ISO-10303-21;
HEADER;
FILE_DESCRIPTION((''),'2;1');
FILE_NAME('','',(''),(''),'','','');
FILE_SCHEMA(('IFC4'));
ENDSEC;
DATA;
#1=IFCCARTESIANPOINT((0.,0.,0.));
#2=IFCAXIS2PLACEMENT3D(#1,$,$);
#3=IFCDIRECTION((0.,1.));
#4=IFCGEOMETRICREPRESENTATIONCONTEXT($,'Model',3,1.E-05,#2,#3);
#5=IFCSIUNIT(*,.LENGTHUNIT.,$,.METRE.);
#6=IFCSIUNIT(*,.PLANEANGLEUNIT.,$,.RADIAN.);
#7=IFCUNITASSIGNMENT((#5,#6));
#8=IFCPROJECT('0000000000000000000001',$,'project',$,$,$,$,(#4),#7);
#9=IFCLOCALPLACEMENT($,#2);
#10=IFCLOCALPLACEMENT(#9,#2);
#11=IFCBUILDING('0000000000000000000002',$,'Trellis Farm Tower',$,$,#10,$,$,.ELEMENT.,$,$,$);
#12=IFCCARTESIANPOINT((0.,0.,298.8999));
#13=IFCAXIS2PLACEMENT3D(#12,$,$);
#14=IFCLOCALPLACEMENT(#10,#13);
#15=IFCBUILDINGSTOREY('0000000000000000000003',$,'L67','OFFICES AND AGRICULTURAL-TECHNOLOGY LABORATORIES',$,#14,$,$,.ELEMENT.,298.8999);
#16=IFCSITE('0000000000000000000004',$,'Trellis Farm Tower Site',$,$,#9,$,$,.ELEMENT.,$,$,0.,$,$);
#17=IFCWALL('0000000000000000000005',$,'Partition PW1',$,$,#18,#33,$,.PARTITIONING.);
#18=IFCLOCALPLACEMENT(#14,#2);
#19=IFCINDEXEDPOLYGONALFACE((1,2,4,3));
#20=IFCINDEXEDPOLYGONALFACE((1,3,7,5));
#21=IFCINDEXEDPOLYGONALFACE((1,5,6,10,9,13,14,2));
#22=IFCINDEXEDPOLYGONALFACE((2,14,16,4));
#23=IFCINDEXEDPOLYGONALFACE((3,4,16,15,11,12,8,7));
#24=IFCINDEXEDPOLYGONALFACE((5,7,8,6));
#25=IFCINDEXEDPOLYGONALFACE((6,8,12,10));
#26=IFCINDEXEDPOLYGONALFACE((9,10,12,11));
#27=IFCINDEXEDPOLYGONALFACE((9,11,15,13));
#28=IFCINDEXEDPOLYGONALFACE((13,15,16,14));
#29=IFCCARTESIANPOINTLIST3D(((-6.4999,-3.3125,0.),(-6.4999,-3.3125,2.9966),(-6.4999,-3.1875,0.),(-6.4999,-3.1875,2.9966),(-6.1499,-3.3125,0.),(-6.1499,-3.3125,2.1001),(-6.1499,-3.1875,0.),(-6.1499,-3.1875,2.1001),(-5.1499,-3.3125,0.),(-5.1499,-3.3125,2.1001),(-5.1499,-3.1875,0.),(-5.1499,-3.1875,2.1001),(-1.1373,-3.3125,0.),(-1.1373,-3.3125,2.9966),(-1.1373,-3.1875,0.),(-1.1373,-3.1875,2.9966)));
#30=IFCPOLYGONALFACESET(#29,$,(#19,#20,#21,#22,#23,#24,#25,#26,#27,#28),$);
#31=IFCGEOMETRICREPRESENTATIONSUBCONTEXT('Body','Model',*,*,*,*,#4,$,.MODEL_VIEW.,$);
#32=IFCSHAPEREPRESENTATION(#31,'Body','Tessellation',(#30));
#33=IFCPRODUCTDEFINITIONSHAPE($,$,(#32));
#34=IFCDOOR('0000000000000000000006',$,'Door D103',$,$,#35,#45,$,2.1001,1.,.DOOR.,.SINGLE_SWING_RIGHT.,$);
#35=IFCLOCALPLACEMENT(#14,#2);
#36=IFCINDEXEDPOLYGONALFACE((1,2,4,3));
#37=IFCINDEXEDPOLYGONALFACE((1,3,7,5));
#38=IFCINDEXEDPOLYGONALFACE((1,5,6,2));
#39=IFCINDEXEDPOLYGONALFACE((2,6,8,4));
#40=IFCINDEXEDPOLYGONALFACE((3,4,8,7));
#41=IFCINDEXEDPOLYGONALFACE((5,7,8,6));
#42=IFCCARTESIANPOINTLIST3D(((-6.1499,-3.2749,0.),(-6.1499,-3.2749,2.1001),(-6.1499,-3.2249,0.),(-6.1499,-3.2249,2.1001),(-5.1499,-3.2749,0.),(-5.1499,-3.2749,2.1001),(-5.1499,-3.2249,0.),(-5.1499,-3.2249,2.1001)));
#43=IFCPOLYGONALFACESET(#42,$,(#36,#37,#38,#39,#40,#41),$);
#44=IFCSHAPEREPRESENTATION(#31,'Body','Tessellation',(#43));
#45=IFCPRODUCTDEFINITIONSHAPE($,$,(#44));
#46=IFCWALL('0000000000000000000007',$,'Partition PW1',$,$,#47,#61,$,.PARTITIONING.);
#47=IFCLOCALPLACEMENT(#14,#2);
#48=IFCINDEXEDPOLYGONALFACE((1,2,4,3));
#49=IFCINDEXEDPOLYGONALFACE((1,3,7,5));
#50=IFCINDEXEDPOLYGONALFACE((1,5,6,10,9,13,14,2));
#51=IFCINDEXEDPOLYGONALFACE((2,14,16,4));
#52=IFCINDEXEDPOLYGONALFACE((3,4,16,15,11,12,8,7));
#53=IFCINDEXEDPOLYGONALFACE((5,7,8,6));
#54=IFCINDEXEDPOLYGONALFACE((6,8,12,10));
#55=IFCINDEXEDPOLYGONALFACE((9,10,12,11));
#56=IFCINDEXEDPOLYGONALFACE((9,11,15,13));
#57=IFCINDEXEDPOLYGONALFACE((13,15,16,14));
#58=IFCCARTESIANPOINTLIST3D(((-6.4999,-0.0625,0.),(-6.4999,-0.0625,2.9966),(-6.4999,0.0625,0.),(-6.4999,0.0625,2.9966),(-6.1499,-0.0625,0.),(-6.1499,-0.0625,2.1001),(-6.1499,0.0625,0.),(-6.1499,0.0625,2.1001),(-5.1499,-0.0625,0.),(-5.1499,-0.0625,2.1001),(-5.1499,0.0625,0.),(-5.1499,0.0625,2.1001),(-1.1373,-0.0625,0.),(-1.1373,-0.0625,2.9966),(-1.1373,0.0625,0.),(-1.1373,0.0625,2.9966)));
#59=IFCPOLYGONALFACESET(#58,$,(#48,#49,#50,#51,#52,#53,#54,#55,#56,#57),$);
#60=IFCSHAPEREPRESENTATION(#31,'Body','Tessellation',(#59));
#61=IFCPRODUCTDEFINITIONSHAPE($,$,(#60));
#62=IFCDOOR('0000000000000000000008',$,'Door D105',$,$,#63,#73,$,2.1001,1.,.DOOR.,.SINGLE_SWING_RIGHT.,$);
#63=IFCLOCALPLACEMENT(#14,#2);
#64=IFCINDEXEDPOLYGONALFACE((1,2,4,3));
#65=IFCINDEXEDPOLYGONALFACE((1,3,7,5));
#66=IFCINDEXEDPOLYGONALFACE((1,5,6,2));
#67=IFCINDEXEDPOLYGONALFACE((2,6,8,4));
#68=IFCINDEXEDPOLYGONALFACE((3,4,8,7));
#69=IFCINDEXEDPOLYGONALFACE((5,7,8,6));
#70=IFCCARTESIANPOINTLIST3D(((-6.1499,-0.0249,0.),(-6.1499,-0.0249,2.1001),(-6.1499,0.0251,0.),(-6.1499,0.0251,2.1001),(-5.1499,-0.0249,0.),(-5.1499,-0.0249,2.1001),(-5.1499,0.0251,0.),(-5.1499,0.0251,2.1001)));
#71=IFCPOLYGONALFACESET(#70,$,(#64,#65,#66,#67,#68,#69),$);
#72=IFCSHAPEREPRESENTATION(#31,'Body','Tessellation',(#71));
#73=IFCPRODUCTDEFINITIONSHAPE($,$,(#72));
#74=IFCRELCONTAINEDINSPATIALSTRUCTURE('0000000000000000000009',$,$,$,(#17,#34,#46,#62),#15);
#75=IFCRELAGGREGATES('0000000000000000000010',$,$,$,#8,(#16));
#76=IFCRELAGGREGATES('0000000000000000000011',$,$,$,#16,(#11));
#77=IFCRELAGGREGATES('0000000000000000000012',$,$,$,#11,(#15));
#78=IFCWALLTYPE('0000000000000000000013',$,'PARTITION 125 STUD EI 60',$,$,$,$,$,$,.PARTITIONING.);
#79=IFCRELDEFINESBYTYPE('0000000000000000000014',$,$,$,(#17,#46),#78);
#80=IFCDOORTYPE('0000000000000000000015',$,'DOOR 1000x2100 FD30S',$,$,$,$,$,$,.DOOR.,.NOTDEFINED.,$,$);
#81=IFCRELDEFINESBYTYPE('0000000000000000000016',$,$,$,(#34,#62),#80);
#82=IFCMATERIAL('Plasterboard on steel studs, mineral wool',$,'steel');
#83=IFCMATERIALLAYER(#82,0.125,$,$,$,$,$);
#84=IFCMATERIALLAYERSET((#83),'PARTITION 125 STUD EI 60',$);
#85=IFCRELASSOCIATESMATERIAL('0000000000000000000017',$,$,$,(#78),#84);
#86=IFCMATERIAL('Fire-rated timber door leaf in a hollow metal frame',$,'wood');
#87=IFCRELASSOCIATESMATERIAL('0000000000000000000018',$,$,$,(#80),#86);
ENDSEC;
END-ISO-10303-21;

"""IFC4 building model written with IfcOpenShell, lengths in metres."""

from ifc_helpers import new_model, si_unit, direction, frame, frame_2d, origin, place, context, subcontext, project, spatial, rectangle, extrude, source, transform, mapped, material, layer, layer_set, type_object, element, fill, save


model = new_model("IFC4")

# Units and contexts
model_context = context("Model", 3, precision=1e-05, world=origin(), true_north=direction((0.0, 1.0)))
body_context = subcontext(model_context, "Body", "Model", "MODEL_VIEW")
ifc_project = project(units=[si_unit("LENGTHUNIT", "METRE"), si_unit("PLANEANGLEUNIT", "RADIAN")], contexts=[model_context])

# Site, building, storey
site_placement = place(None, origin())
site = spatial("IfcSite", under=ifc_project, at=site_placement, Name="Trellis Farm Tower Site", CompositionType="ELEMENT", RefElevation=0.0)
building_placement = place(site_placement, origin())
building = spatial("IfcBuilding", under=site, at=building_placement, Name="Trellis Farm Tower", CompositionType="ELEMENT")
storey_placement = place(building_placement, frame((0.0, 0.0, 298.8999)))
storey = spatial("IfcBuildingStorey", under=building, at=storey_placement, Name="L67", Description="OFFICES AND AGRICULTURAL-TECHNOLOGY LABORATORIES", CompositionType="ELEMENT", Elevation=298.8999)

# Shared definitions
ifc_material_1 = material(Name="Plasterboard on steel studs, mineral wool", Category="steel")
ifc_layer_1 = layer(ifc_material_1, 0.125)
ifc_layer_set_1 = layer_set([ifc_layer_1], Name="PARTITION 125 STUD EI 60")
wall_type = type_object("IfcWallType", Name="PARTITION 125 STUD EI 60", PredefinedType="PARTITIONING", material=ifc_layer_set_1)

# Walls, openings, doors
shared_shape_1 = source(origin(), body_context, "Body", "SweptSolid", [
    extrude(rectangle(XDim=5.3625, YDim=0.125, at=frame_2d((2.6812, 0.0))), origin(), (0.0, 0.0, 1.0), 2.9966),
])
wall_1_placement = place(storey_placement, frame((-1.1375, -3.25, 0.0), z_axis=(0.0, 0.0, 1.0), x_axis=(-1.0, 0.0, 0.0)))
wall_1 = element("IfcWall", 1, at=wall_1_placement, inside=storey, type_object=wall_type, Name="Partition PW1", PredefinedType="PARTITIONING", context=body_context, shape_type="MappedRepresentation", body=[
    mapped(shared_shape_1, transform((0.0, 0.0, 0.0))),
])
shared_shape_2 = source(origin(), body_context, "Body", "SweptSolid", [
    extrude(rectangle(XDim=1.0, YDim=2.1001, at=frame_2d((0.5, 1.05))), frame((0.0, 0.0725, 0.0), z_axis=(0.0, -1.0, 0.0), x_axis=(1.0, 0.0, 0.0)), (0.0, 0.0, 1.0), 0.145),
])
opening_1_placement = place(wall_1_placement, frame((4.0125, 0.0, 0.0)))
opening_1 = element("IfcOpeningElement", 2, at=opening_1_placement, cuts=wall_1, PredefinedType="OPENING", context=body_context, shape_type="MappedRepresentation", body=[
    mapped(shared_shape_2, transform((0.0, 0.0, 0.0))),
])
ifc_material_2 = material(Name="Fire-rated timber door leaf in a hollow metal frame", Category="wood")
door_type = type_object("IfcDoorType", Name="DOOR 1000x2100 FD30S", OperationType="NOTDEFINED", PredefinedType="DOOR", material=ifc_material_2)
shared_shape_3 = source(origin(), body_context, "Body", "SweptSolid", [
    extrude(rectangle(XDim=1.0, YDim=2.1001, at=frame_2d((0.5, 1.05))), frame((0.0, 0.0249, 0.0), z_axis=(0.0, -1.0, 0.0), x_axis=(1.0, 0.0, 0.0)), (0.0, 0.0, 1.0), 0.05),
])
door_1_placement = place(opening_1_placement, origin())
door_1 = element("IfcDoor", 3, at=door_1_placement, inside=storey, type_object=door_type, Name="Door D103", OperationType="SINGLE_SWING_RIGHT", OverallHeight=2.1001, OverallWidth=1.0, PredefinedType="DOOR", context=body_context, shape_type="MappedRepresentation", body=[
    mapped(shared_shape_3, transform((0.0, 0.0, 0.0))),
])
fill(opening_1, door_1)
wall_2_placement = place(storey_placement, frame((-1.1375, 0.0, 0.0), z_axis=(0.0, 0.0, 1.0), x_axis=(-1.0, 0.0, 0.0)))
wall_2 = element("IfcWall", 4, at=wall_2_placement, inside=storey, type_object=wall_type, Name="Partition PW1", PredefinedType="PARTITIONING", context=body_context, shape_type="MappedRepresentation", body=[
    mapped(shared_shape_1, transform((0.0, 0.0, 0.0))),
])
opening_2_placement = place(wall_2_placement, frame((4.0125, 0.0, 0.0)))
opening_2 = element("IfcOpeningElement", 5, at=opening_2_placement, cuts=wall_2, PredefinedType="OPENING", context=body_context, shape_type="MappedRepresentation", body=[
    mapped(shared_shape_2, transform((0.0, 0.0, 0.0))),
])
door_2_placement = place(opening_2_placement, origin())
door_2 = element("IfcDoor", 6, at=door_2_placement, inside=storey, type_object=door_type, Name="Door D105", OperationType="SINGLE_SWING_RIGHT", OverallHeight=2.1001, OverallWidth=1.0, PredefinedType="DOOR", context=body_context, shape_type="MappedRepresentation", body=[
    mapped(shared_shape_3, transform((0.0, 0.0, 0.0))),
])
fill(opening_2, door_2)

save(model, "model.ifc")
